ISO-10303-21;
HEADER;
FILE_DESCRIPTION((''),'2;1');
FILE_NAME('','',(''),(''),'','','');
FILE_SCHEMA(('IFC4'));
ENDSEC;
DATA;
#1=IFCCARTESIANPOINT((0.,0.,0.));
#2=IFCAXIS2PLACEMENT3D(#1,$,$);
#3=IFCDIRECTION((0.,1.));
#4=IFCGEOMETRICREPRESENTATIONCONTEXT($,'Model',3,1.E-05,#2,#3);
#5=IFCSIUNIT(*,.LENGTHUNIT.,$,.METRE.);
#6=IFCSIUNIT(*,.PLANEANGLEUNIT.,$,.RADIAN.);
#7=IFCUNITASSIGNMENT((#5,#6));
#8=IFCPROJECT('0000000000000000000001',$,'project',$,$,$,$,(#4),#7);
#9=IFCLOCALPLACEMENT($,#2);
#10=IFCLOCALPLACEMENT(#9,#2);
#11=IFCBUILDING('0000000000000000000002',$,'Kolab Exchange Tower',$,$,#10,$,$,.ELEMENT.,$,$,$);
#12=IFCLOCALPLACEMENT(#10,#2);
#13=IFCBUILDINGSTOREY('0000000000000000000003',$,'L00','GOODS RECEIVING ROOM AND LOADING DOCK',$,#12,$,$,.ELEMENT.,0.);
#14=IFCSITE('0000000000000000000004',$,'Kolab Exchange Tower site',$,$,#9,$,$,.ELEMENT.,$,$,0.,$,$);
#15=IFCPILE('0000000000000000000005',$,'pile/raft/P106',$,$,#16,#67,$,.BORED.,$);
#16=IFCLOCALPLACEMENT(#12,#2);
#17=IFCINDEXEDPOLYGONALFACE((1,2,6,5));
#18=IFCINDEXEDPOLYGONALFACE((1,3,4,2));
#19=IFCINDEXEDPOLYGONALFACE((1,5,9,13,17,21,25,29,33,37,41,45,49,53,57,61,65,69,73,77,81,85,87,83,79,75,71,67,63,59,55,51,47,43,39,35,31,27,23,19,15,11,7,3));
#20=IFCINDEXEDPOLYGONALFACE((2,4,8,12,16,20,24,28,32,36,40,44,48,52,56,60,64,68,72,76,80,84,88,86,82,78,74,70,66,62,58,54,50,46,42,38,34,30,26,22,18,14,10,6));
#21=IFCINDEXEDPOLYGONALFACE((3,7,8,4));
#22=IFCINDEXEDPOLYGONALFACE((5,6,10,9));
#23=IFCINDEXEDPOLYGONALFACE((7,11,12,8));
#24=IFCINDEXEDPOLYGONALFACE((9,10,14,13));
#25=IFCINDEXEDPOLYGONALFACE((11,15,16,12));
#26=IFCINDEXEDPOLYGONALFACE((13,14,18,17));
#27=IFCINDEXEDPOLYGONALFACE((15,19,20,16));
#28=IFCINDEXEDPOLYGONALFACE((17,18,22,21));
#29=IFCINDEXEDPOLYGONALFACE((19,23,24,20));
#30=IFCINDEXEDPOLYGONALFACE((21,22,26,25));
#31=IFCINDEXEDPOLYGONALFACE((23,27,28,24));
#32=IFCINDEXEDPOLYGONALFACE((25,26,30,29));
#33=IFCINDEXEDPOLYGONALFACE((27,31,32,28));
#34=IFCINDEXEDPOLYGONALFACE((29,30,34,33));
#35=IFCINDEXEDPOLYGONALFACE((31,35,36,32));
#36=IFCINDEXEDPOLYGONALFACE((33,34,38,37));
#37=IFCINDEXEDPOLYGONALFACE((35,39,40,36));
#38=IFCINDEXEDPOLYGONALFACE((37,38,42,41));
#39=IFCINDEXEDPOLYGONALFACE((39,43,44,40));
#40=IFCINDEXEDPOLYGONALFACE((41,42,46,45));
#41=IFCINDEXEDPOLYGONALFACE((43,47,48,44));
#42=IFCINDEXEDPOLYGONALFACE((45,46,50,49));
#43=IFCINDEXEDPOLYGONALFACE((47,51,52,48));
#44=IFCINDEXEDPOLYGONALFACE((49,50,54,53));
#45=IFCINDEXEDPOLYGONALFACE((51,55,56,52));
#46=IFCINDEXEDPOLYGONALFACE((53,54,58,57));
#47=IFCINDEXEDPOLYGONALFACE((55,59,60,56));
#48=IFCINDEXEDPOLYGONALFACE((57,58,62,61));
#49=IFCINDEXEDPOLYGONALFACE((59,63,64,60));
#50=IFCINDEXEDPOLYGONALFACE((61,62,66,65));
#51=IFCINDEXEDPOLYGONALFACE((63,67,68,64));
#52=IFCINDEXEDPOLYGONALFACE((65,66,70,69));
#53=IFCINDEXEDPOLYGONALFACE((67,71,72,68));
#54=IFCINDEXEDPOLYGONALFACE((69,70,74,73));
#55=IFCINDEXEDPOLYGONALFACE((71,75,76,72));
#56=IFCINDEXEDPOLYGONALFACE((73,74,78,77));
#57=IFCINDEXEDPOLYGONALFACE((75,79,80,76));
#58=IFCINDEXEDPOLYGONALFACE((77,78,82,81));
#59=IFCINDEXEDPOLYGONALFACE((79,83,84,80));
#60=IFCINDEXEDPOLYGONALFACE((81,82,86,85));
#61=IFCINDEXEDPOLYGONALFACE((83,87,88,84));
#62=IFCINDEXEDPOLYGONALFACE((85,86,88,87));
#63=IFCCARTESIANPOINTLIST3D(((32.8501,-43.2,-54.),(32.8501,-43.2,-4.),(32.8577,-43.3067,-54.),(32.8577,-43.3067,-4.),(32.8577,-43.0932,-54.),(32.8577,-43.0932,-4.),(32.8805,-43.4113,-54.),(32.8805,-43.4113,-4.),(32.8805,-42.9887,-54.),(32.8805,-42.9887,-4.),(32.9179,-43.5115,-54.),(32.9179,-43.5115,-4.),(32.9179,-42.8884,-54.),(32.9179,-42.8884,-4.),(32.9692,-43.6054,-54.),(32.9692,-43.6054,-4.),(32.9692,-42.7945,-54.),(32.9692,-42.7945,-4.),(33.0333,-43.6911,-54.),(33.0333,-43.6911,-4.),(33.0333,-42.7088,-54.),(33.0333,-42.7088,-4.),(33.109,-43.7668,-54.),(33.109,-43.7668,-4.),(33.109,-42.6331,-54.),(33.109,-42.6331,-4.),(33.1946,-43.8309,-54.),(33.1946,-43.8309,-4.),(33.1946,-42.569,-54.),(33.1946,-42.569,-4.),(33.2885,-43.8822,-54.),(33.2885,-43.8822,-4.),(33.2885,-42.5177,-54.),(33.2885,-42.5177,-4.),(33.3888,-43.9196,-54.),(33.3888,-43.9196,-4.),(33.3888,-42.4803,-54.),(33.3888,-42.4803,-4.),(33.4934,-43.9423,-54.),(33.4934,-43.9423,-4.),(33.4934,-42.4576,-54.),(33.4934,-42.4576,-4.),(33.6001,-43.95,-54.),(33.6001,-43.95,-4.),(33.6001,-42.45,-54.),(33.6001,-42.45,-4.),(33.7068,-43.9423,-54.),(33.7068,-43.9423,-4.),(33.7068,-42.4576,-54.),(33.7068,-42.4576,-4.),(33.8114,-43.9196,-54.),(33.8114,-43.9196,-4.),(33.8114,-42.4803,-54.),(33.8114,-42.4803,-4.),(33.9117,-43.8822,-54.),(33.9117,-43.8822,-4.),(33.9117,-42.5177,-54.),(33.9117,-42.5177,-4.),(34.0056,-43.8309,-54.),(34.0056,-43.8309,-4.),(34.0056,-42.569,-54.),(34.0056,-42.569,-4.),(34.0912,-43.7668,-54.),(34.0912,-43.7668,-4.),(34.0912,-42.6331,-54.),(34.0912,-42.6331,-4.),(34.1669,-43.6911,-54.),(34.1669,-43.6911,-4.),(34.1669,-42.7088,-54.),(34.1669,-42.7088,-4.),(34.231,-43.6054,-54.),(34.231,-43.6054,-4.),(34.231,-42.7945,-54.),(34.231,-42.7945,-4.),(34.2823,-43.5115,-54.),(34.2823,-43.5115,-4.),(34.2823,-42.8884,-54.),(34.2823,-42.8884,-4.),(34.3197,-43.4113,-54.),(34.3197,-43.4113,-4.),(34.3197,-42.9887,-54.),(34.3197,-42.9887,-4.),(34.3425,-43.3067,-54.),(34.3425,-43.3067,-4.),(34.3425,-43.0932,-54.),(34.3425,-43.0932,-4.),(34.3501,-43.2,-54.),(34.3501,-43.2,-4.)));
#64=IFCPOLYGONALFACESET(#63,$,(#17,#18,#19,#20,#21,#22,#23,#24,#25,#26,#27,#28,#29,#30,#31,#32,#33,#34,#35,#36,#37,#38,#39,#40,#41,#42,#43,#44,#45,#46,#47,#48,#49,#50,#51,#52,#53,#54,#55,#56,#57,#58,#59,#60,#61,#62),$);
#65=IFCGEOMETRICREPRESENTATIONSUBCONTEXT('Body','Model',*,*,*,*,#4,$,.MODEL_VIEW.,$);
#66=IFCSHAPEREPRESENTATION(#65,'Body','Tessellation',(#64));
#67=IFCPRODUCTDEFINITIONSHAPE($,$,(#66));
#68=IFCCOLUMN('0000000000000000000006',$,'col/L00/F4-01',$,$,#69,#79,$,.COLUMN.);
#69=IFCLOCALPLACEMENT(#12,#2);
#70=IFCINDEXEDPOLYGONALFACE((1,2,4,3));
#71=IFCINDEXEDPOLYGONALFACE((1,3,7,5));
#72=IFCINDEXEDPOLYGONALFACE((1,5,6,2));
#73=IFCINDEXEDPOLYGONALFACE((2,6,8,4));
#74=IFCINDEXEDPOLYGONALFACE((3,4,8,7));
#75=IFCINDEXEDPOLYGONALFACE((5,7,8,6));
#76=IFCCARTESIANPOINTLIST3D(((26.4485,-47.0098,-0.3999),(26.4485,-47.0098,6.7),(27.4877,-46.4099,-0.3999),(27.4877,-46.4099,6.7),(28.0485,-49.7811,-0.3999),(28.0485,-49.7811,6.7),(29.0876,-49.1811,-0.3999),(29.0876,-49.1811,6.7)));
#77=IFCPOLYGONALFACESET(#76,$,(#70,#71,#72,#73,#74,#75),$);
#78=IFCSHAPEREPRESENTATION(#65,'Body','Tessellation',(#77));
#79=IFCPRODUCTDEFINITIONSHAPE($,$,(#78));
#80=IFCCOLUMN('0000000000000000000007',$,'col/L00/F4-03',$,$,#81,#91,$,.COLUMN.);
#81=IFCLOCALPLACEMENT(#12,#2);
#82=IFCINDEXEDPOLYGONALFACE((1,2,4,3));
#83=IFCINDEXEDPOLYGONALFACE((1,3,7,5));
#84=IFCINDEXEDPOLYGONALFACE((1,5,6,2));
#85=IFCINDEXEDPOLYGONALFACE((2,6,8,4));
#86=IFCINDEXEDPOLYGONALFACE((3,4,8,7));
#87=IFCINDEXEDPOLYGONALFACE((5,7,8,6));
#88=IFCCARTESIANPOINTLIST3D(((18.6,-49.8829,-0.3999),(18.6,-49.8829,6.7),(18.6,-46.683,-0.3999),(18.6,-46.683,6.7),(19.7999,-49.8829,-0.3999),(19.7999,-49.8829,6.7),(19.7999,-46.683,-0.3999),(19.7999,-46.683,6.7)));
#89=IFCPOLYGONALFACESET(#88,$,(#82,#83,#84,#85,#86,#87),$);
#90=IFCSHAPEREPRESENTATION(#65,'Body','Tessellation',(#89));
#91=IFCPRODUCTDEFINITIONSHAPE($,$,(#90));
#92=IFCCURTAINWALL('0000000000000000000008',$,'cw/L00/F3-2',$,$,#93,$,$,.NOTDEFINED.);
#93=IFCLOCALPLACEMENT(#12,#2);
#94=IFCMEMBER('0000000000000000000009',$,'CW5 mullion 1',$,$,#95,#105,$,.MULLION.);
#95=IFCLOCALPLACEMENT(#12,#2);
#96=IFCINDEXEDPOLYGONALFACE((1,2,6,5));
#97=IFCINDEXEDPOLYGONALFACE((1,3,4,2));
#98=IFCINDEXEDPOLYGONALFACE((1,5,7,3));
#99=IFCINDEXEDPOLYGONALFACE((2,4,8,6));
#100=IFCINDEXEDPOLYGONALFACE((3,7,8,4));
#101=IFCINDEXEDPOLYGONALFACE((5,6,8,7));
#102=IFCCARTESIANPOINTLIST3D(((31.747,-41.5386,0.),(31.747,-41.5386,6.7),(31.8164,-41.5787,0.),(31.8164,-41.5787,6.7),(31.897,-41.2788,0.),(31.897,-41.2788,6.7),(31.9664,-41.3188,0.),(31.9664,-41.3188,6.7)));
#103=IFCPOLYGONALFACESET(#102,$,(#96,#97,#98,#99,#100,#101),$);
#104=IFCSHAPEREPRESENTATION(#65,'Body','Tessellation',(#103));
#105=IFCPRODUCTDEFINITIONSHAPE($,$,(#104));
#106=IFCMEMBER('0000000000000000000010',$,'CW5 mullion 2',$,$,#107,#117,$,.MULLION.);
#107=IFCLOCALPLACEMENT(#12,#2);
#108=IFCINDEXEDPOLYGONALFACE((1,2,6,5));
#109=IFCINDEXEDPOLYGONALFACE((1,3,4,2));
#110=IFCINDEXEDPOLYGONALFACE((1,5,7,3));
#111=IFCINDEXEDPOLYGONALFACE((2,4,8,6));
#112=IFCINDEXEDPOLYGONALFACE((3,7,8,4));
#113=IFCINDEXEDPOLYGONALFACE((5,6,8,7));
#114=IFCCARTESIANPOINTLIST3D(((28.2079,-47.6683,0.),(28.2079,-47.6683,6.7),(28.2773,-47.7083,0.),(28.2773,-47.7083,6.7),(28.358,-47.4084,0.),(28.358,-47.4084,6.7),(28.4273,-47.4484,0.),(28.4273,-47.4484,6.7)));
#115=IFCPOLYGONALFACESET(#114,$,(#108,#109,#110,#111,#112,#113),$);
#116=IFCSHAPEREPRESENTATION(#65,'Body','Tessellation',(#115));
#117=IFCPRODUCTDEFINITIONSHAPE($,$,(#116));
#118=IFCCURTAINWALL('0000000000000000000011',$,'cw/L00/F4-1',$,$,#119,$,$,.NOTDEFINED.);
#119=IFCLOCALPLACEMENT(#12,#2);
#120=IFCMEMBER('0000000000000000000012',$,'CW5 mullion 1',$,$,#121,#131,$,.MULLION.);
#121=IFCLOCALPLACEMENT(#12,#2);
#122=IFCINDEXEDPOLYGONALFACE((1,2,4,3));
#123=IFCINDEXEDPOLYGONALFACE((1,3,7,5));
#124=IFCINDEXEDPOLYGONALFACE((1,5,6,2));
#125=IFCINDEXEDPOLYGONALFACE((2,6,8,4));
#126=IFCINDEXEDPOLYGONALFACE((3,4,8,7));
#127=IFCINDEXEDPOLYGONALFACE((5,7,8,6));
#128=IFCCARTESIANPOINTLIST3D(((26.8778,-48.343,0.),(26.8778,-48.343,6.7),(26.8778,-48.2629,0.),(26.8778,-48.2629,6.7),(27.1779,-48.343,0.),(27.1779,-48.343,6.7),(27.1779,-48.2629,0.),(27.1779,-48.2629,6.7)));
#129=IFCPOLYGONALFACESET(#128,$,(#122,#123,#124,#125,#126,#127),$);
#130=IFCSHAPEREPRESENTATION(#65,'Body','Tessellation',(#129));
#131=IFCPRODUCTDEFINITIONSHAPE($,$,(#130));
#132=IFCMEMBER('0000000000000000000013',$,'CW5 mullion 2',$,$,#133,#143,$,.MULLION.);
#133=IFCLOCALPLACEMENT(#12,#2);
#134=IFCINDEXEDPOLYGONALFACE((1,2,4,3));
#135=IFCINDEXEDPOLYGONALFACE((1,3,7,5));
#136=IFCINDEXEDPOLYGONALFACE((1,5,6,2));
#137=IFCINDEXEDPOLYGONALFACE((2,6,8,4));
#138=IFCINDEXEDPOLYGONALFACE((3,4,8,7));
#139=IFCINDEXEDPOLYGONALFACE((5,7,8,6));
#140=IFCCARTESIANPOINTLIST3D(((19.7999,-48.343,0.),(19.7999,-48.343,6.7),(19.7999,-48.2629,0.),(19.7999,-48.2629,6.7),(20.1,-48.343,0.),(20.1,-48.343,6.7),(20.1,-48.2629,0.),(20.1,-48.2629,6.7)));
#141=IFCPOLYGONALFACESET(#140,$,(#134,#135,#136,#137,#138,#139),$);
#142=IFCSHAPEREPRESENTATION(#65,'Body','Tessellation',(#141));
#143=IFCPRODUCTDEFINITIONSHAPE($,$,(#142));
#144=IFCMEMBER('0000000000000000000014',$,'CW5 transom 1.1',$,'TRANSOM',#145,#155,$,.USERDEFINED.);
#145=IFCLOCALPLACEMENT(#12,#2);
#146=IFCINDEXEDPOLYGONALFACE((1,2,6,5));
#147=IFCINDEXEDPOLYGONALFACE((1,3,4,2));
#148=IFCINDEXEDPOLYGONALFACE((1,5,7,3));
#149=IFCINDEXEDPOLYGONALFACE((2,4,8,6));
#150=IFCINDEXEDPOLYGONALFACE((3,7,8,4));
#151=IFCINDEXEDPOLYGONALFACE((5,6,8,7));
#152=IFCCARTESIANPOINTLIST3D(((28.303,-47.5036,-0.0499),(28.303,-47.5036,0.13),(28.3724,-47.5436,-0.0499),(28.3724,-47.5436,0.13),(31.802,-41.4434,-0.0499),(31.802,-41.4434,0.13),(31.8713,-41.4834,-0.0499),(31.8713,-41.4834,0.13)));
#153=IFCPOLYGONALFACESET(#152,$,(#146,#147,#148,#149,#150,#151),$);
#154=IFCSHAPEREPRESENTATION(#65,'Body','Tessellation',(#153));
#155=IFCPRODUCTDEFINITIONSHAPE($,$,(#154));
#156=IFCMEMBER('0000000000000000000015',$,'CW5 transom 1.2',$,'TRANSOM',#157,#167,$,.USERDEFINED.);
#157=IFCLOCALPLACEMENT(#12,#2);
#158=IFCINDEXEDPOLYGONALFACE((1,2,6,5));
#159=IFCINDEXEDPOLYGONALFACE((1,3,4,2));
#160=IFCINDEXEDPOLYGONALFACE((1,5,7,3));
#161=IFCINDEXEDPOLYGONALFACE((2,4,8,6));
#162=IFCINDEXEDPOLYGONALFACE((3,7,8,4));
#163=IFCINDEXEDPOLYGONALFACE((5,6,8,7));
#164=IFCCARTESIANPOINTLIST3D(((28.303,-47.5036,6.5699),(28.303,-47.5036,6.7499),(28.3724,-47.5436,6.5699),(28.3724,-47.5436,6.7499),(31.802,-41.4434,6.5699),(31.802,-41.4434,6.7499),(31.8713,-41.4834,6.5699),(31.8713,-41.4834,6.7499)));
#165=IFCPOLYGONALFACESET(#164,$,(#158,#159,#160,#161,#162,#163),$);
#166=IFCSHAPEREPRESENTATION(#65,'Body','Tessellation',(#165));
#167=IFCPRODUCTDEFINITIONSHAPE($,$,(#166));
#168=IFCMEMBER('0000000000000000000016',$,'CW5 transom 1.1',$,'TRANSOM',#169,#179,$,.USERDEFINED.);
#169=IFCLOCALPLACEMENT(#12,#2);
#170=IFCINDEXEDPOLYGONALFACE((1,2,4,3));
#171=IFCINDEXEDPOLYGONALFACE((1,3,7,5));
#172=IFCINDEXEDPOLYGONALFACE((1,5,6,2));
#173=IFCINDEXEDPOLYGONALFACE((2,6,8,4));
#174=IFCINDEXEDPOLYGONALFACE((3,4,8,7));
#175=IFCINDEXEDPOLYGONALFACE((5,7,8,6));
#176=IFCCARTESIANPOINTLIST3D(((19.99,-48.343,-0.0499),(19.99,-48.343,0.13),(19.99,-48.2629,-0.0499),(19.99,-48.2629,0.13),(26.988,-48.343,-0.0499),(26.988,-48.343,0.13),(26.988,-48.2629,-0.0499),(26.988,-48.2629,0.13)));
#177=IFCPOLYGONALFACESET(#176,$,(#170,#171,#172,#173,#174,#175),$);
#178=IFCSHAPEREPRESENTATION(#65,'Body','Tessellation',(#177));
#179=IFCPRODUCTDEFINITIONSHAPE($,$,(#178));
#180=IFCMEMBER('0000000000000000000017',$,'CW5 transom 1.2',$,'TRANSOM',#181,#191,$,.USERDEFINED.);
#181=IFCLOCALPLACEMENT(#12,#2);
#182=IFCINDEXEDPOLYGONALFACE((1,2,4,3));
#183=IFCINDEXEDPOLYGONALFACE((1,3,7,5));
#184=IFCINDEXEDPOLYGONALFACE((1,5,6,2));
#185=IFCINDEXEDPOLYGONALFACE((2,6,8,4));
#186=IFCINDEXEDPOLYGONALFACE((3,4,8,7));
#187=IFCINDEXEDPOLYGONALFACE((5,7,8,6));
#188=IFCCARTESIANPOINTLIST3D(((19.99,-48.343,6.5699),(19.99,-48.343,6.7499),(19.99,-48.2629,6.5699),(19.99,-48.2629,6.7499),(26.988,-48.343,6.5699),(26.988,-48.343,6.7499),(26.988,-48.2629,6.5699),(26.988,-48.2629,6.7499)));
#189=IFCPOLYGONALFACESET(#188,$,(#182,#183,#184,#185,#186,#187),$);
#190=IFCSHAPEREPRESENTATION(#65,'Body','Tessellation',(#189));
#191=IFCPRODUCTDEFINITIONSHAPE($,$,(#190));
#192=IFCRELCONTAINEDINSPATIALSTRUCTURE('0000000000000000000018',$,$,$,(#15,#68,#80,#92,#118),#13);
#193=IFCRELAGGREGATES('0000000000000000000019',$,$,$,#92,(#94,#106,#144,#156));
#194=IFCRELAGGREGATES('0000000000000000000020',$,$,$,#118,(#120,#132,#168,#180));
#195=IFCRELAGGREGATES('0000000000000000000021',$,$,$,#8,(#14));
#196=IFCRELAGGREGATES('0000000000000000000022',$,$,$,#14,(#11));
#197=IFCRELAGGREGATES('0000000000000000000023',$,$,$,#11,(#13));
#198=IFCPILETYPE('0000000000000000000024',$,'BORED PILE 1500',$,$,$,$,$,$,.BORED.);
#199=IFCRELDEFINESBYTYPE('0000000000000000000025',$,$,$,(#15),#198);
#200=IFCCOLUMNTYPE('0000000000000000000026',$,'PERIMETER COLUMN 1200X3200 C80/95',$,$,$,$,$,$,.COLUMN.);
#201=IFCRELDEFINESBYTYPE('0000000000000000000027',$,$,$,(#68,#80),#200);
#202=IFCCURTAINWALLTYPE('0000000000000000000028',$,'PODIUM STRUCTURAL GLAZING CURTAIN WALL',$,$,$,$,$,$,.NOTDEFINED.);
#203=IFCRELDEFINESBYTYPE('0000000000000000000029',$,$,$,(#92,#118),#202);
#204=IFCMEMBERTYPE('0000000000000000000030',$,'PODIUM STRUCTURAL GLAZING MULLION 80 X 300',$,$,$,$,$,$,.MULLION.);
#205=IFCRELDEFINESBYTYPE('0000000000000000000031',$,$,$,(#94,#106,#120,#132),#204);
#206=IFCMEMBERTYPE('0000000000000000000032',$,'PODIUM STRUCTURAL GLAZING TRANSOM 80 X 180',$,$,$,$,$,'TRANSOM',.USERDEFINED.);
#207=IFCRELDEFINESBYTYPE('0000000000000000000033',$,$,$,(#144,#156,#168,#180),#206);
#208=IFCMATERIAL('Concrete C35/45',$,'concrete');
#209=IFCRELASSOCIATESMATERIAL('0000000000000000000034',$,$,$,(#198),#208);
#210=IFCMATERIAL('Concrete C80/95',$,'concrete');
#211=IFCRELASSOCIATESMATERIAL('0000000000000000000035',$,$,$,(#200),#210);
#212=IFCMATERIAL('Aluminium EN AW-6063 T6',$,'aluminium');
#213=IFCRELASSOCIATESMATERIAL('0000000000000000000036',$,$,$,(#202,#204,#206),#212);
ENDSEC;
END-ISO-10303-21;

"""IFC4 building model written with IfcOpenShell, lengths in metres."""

from ifc_helpers import new_model, si_unit, direction, frame, origin, origin_2d, place, context, subcontext, project, spatial, rectangle, circle, extrude, material, material_profile, profile_set, type_object, element, aggregate, save


model = new_model("IFC4")

# Units and contexts
model_context = context("Model", 3, precision=1e-05, world=origin(), true_north=direction((0.0, 1.0)))
body_context = subcontext(model_context, "Body", "Model", "MODEL_VIEW")
ifc_project = project(units=[si_unit("LENGTHUNIT", "METRE"), si_unit("PLANEANGLEUNIT", "RADIAN")], contexts=[model_context])

# Site, building, storey
site_placement = place(None, origin())
site = spatial("IfcSite", under=ifc_project, at=site_placement, Name="Kolab Exchange Tower site", CompositionType="ELEMENT", RefElevation=0.0)
building_placement = place(site_placement, origin())
building = spatial("IfcBuilding", under=site, at=building_placement, Name="Kolab Exchange Tower", CompositionType="ELEMENT")
storey_placement = place(building_placement, origin())
storey = spatial("IfcBuildingStorey", under=building, at=storey_placement, Name="L00", Description="GOODS RECEIVING ROOM AND LOADING DOCK", CompositionType="ELEMENT", Elevation=0.0)

# Pile
ifc_material_1 = material(Name="Concrete C35/45", Category="concrete")
ifc_material_profile_1 = material_profile(ifc_material_1, circle(Radius=0.75, at=origin_2d()), Name="BP1500")
ifc_profile_set_1 = profile_set([ifc_material_profile_1], Name="Concrete C35/45")
pile_type = type_object("IfcPileType", Name="BORED PILE 1500", PredefinedType="BORED", material=ifc_profile_set_1)
for number, where, z_axis, x_axis, name in (
    (1, (33.6001, -43.2, -4.0), (0.0, 0.0, -1.0), (1.0, 0.0, 0.0), "pile/raft/P106"),
):
    element("IfcPile", number, at=place(storey_placement, frame(where, z_axis=z_axis, x_axis=x_axis)), inside=storey, type_object=pile_type, Name=name, PredefinedType="BORED", context=body_context, shape_type="SweptSolid", body=[
        extrude(circle(Radius=0.75, at=origin_2d()), origin(), (0.0, 0.0, 1.0), 50.0),
    ])

# Columns
ifc_material_2 = material(Name="Concrete C80/95", Category="concrete")
ifc_material_profile_2 = material_profile(ifc_material_2, rectangle(XDim=1.2, YDim=3.2, at=origin_2d()), Name="RC1200X3200")
ifc_profile_set_2 = profile_set([ifc_material_profile_2], Name="Concrete C80/95")
column_type = type_object("IfcColumnType", Name="PERIMETER COLUMN 1200X3200 C80/95", PredefinedType="COLUMN", material=ifc_profile_set_2)
for number, where, z_axis, x_axis, name in (
    (2, (27.7681, -48.0955, -0.3999), (0.0, 0.0, 1.0), (0.866025, 0.5, 0.0), "col/L00/F4-01"),
    (3, (19.2, -48.283, -0.3999), (0.0, 0.0, 1.0), (1.0, 0.0, 0.0), "col/L00/F4-03"),
):
    element("IfcColumn", number, at=place(storey_placement, frame(where, z_axis=z_axis, x_axis=x_axis)), inside=storey, type_object=column_type, Name=name, PredefinedType="COLUMN", context=body_context, shape_type="SweptSolid", body=[
        extrude(rectangle(XDim=1.2, YDim=3.2, at=origin_2d()), origin(), (0.0, 0.0, 1.0), 7.0999),
    ])

# Curtain walls, members
ifc_material_3 = material(Name="Aluminium EN AW-6063 T6", Category="aluminium")
curtain_wall_type = type_object("IfcCurtainWallType", Name="PODIUM STRUCTURAL GLAZING CURTAIN WALL", PredefinedType="NOTDEFINED", material=ifc_material_3)
curtain_wall_1_placement = place(storey_placement, origin())
curtain_wall_1 = element("IfcCurtainWall", 4, at=curtain_wall_1_placement, inside=storey, type_object=curtain_wall_type, Name="cw/L00/F3-2", PredefinedType="NOTDEFINED")
ifc_material_profile_3 = material_profile(ifc_material_3, rectangle(XDim=0.0801, YDim=0.3, at=origin_2d()), Name="RECT 80X300")
ifc_profile_set_3 = profile_set([ifc_material_profile_3], Name="Aluminium EN AW-6063 T6")
member_type_1 = type_object("IfcMemberType", Name="PODIUM STRUCTURAL GLAZING MULLION 80 X 300", PredefinedType="MULLION", material=ifc_profile_set_3)
member_1_placement = place(storey_placement, frame((31.8567, -41.4287, 0.0), z_axis=(0.0, 0.0, 1.0), x_axis=(0.866025, -0.5, 0.0)))
member_1 = element("IfcMember", 5, at=member_1_placement, type_object=member_type_1, Name="CW5 mullion 1", PredefinedType="MULLION", context=body_context, shape_type="SweptSolid", body=[
    extrude(rectangle(XDim=0.0801, YDim=0.3, at=origin_2d()), origin(), (0.0, 0.0, 1.0), 6.7),
])
member_2_placement = place(storey_placement, frame((28.3176, -47.5583, 0.0), z_axis=(0.0, 0.0, 1.0), x_axis=(0.866025, -0.5, 0.0)))
member_2 = element("IfcMember", 6, at=member_2_placement, type_object=member_type_1, Name="CW5 mullion 2", PredefinedType="MULLION", context=body_context, shape_type="SweptSolid", body=[
    extrude(rectangle(XDim=0.0801, YDim=0.3, at=origin_2d()), origin(), (0.0, 0.0, 1.0), 6.7),
])
curtain_wall_2_placement = place(storey_placement, origin())
curtain_wall_2 = element("IfcCurtainWall", 7, at=curtain_wall_2_placement, inside=storey, type_object=curtain_wall_type, Name="cw/L00/F4-1", PredefinedType="NOTDEFINED")
member_3_placement = place(storey_placement, frame((27.0278, -48.303, 0.0), z_axis=(0.0, 0.0, 1.0), x_axis=(0.0, -1.0, 0.0)))
member_3 = element("IfcMember", 8, at=member_3_placement, type_object=member_type_1, Name="CW5 mullion 1", PredefinedType="MULLION", context=body_context, shape_type="SweptSolid", body=[
    extrude(rectangle(XDim=0.0801, YDim=0.3, at=origin_2d()), origin(), (0.0, 0.0, 1.0), 6.7),
])
member_4_placement = place(storey_placement, frame((19.95, -48.303, 0.0), z_axis=(0.0, 0.0, 1.0), x_axis=(0.0, -1.0, 0.0)))
member_4 = element("IfcMember", 9, at=member_4_placement, type_object=member_type_1, Name="CW5 mullion 2", PredefinedType="MULLION", context=body_context, shape_type="SweptSolid", body=[
    extrude(rectangle(XDim=0.0801, YDim=0.3, at=origin_2d()), origin(), (0.0, 0.0, 1.0), 6.7),
])

# Members
ifc_material_profile_4 = material_profile(ifc_material_3, rectangle(XDim=0.0801, YDim=0.1799, at=origin_2d()), Name="RECT 80X180")
ifc_profile_set_4 = profile_set([ifc_material_profile_4], Name="Aluminium EN AW-6063 T6")
member_type_2 = type_object("IfcMemberType", Name="PODIUM STRUCTURAL GLAZING TRANSOM 80 X 180", ElementType="TRANSOM", PredefinedType="USERDEFINED", material=ifc_profile_set_4)
member_5_placement = place(storey_placement, frame((31.8367, -41.4634, 0.04), z_axis=(-0.500011, -0.866019, 0.0), x_axis=(0.866019, -0.500011, 0.0)))
member_5 = element("IfcMember", 10, at=member_5_placement, type_object=member_type_2, Name="CW5 transom 1.1", ObjectType="TRANSOM", PredefinedType="USERDEFINED", context=body_context, shape_type="SweptSolid", body=[
    extrude(rectangle(XDim=0.0801, YDim=0.1799, at=origin_2d()), origin(), (0.0, 0.0, 1.0), 6.9978),
])
member_6_placement = place(storey_placement, frame((31.8367, -41.4634, 6.6599), z_axis=(-0.500011, -0.866019, 0.0), x_axis=(0.866019, -0.500011, 0.0)))
member_6 = element("IfcMember", 11, at=member_6_placement, type_object=member_type_2, Name="CW5 transom 1.2", ObjectType="TRANSOM", PredefinedType="USERDEFINED", context=body_context, shape_type="SweptSolid", body=[
    extrude(rectangle(XDim=0.0801, YDim=0.1799, at=origin_2d()), origin(), (0.0, 0.0, 1.0), 6.9978),
])
member_7_placement = place(storey_placement, frame((26.988, -48.303, 0.04), z_axis=(-1.0, 0.0, 0.0), x_axis=(0.0, -1.0, 0.0)))
member_7 = element("IfcMember", 12, at=member_7_placement, type_object=member_type_2, Name="CW5 transom 1.1", ObjectType="TRANSOM", PredefinedType="USERDEFINED", context=body_context, shape_type="SweptSolid", body=[
    extrude(rectangle(XDim=0.0801, YDim=0.1799, at=origin_2d()), origin(), (0.0, 0.0, 1.0), 6.998),
])
member_8_placement = place(storey_placement, frame((26.988, -48.303, 6.6599), z_axis=(-1.0, 0.0, 0.0), x_axis=(0.0, -1.0, 0.0)))
member_8 = element("IfcMember", 13, at=member_8_placement, type_object=member_type_2, Name="CW5 transom 1.2", ObjectType="TRANSOM", PredefinedType="USERDEFINED", context=body_context, shape_type="SweptSolid", body=[
    extrude(rectangle(XDim=0.0801, YDim=0.1799, at=origin_2d()), origin(), (0.0, 0.0, 1.0), 6.998),
])

aggregate(curtain_wall_1, [member_1, member_2, member_5, member_6])
aggregate(curtain_wall_2, [member_3, member_4, member_7, member_8])

save(model, "model.ifc")
